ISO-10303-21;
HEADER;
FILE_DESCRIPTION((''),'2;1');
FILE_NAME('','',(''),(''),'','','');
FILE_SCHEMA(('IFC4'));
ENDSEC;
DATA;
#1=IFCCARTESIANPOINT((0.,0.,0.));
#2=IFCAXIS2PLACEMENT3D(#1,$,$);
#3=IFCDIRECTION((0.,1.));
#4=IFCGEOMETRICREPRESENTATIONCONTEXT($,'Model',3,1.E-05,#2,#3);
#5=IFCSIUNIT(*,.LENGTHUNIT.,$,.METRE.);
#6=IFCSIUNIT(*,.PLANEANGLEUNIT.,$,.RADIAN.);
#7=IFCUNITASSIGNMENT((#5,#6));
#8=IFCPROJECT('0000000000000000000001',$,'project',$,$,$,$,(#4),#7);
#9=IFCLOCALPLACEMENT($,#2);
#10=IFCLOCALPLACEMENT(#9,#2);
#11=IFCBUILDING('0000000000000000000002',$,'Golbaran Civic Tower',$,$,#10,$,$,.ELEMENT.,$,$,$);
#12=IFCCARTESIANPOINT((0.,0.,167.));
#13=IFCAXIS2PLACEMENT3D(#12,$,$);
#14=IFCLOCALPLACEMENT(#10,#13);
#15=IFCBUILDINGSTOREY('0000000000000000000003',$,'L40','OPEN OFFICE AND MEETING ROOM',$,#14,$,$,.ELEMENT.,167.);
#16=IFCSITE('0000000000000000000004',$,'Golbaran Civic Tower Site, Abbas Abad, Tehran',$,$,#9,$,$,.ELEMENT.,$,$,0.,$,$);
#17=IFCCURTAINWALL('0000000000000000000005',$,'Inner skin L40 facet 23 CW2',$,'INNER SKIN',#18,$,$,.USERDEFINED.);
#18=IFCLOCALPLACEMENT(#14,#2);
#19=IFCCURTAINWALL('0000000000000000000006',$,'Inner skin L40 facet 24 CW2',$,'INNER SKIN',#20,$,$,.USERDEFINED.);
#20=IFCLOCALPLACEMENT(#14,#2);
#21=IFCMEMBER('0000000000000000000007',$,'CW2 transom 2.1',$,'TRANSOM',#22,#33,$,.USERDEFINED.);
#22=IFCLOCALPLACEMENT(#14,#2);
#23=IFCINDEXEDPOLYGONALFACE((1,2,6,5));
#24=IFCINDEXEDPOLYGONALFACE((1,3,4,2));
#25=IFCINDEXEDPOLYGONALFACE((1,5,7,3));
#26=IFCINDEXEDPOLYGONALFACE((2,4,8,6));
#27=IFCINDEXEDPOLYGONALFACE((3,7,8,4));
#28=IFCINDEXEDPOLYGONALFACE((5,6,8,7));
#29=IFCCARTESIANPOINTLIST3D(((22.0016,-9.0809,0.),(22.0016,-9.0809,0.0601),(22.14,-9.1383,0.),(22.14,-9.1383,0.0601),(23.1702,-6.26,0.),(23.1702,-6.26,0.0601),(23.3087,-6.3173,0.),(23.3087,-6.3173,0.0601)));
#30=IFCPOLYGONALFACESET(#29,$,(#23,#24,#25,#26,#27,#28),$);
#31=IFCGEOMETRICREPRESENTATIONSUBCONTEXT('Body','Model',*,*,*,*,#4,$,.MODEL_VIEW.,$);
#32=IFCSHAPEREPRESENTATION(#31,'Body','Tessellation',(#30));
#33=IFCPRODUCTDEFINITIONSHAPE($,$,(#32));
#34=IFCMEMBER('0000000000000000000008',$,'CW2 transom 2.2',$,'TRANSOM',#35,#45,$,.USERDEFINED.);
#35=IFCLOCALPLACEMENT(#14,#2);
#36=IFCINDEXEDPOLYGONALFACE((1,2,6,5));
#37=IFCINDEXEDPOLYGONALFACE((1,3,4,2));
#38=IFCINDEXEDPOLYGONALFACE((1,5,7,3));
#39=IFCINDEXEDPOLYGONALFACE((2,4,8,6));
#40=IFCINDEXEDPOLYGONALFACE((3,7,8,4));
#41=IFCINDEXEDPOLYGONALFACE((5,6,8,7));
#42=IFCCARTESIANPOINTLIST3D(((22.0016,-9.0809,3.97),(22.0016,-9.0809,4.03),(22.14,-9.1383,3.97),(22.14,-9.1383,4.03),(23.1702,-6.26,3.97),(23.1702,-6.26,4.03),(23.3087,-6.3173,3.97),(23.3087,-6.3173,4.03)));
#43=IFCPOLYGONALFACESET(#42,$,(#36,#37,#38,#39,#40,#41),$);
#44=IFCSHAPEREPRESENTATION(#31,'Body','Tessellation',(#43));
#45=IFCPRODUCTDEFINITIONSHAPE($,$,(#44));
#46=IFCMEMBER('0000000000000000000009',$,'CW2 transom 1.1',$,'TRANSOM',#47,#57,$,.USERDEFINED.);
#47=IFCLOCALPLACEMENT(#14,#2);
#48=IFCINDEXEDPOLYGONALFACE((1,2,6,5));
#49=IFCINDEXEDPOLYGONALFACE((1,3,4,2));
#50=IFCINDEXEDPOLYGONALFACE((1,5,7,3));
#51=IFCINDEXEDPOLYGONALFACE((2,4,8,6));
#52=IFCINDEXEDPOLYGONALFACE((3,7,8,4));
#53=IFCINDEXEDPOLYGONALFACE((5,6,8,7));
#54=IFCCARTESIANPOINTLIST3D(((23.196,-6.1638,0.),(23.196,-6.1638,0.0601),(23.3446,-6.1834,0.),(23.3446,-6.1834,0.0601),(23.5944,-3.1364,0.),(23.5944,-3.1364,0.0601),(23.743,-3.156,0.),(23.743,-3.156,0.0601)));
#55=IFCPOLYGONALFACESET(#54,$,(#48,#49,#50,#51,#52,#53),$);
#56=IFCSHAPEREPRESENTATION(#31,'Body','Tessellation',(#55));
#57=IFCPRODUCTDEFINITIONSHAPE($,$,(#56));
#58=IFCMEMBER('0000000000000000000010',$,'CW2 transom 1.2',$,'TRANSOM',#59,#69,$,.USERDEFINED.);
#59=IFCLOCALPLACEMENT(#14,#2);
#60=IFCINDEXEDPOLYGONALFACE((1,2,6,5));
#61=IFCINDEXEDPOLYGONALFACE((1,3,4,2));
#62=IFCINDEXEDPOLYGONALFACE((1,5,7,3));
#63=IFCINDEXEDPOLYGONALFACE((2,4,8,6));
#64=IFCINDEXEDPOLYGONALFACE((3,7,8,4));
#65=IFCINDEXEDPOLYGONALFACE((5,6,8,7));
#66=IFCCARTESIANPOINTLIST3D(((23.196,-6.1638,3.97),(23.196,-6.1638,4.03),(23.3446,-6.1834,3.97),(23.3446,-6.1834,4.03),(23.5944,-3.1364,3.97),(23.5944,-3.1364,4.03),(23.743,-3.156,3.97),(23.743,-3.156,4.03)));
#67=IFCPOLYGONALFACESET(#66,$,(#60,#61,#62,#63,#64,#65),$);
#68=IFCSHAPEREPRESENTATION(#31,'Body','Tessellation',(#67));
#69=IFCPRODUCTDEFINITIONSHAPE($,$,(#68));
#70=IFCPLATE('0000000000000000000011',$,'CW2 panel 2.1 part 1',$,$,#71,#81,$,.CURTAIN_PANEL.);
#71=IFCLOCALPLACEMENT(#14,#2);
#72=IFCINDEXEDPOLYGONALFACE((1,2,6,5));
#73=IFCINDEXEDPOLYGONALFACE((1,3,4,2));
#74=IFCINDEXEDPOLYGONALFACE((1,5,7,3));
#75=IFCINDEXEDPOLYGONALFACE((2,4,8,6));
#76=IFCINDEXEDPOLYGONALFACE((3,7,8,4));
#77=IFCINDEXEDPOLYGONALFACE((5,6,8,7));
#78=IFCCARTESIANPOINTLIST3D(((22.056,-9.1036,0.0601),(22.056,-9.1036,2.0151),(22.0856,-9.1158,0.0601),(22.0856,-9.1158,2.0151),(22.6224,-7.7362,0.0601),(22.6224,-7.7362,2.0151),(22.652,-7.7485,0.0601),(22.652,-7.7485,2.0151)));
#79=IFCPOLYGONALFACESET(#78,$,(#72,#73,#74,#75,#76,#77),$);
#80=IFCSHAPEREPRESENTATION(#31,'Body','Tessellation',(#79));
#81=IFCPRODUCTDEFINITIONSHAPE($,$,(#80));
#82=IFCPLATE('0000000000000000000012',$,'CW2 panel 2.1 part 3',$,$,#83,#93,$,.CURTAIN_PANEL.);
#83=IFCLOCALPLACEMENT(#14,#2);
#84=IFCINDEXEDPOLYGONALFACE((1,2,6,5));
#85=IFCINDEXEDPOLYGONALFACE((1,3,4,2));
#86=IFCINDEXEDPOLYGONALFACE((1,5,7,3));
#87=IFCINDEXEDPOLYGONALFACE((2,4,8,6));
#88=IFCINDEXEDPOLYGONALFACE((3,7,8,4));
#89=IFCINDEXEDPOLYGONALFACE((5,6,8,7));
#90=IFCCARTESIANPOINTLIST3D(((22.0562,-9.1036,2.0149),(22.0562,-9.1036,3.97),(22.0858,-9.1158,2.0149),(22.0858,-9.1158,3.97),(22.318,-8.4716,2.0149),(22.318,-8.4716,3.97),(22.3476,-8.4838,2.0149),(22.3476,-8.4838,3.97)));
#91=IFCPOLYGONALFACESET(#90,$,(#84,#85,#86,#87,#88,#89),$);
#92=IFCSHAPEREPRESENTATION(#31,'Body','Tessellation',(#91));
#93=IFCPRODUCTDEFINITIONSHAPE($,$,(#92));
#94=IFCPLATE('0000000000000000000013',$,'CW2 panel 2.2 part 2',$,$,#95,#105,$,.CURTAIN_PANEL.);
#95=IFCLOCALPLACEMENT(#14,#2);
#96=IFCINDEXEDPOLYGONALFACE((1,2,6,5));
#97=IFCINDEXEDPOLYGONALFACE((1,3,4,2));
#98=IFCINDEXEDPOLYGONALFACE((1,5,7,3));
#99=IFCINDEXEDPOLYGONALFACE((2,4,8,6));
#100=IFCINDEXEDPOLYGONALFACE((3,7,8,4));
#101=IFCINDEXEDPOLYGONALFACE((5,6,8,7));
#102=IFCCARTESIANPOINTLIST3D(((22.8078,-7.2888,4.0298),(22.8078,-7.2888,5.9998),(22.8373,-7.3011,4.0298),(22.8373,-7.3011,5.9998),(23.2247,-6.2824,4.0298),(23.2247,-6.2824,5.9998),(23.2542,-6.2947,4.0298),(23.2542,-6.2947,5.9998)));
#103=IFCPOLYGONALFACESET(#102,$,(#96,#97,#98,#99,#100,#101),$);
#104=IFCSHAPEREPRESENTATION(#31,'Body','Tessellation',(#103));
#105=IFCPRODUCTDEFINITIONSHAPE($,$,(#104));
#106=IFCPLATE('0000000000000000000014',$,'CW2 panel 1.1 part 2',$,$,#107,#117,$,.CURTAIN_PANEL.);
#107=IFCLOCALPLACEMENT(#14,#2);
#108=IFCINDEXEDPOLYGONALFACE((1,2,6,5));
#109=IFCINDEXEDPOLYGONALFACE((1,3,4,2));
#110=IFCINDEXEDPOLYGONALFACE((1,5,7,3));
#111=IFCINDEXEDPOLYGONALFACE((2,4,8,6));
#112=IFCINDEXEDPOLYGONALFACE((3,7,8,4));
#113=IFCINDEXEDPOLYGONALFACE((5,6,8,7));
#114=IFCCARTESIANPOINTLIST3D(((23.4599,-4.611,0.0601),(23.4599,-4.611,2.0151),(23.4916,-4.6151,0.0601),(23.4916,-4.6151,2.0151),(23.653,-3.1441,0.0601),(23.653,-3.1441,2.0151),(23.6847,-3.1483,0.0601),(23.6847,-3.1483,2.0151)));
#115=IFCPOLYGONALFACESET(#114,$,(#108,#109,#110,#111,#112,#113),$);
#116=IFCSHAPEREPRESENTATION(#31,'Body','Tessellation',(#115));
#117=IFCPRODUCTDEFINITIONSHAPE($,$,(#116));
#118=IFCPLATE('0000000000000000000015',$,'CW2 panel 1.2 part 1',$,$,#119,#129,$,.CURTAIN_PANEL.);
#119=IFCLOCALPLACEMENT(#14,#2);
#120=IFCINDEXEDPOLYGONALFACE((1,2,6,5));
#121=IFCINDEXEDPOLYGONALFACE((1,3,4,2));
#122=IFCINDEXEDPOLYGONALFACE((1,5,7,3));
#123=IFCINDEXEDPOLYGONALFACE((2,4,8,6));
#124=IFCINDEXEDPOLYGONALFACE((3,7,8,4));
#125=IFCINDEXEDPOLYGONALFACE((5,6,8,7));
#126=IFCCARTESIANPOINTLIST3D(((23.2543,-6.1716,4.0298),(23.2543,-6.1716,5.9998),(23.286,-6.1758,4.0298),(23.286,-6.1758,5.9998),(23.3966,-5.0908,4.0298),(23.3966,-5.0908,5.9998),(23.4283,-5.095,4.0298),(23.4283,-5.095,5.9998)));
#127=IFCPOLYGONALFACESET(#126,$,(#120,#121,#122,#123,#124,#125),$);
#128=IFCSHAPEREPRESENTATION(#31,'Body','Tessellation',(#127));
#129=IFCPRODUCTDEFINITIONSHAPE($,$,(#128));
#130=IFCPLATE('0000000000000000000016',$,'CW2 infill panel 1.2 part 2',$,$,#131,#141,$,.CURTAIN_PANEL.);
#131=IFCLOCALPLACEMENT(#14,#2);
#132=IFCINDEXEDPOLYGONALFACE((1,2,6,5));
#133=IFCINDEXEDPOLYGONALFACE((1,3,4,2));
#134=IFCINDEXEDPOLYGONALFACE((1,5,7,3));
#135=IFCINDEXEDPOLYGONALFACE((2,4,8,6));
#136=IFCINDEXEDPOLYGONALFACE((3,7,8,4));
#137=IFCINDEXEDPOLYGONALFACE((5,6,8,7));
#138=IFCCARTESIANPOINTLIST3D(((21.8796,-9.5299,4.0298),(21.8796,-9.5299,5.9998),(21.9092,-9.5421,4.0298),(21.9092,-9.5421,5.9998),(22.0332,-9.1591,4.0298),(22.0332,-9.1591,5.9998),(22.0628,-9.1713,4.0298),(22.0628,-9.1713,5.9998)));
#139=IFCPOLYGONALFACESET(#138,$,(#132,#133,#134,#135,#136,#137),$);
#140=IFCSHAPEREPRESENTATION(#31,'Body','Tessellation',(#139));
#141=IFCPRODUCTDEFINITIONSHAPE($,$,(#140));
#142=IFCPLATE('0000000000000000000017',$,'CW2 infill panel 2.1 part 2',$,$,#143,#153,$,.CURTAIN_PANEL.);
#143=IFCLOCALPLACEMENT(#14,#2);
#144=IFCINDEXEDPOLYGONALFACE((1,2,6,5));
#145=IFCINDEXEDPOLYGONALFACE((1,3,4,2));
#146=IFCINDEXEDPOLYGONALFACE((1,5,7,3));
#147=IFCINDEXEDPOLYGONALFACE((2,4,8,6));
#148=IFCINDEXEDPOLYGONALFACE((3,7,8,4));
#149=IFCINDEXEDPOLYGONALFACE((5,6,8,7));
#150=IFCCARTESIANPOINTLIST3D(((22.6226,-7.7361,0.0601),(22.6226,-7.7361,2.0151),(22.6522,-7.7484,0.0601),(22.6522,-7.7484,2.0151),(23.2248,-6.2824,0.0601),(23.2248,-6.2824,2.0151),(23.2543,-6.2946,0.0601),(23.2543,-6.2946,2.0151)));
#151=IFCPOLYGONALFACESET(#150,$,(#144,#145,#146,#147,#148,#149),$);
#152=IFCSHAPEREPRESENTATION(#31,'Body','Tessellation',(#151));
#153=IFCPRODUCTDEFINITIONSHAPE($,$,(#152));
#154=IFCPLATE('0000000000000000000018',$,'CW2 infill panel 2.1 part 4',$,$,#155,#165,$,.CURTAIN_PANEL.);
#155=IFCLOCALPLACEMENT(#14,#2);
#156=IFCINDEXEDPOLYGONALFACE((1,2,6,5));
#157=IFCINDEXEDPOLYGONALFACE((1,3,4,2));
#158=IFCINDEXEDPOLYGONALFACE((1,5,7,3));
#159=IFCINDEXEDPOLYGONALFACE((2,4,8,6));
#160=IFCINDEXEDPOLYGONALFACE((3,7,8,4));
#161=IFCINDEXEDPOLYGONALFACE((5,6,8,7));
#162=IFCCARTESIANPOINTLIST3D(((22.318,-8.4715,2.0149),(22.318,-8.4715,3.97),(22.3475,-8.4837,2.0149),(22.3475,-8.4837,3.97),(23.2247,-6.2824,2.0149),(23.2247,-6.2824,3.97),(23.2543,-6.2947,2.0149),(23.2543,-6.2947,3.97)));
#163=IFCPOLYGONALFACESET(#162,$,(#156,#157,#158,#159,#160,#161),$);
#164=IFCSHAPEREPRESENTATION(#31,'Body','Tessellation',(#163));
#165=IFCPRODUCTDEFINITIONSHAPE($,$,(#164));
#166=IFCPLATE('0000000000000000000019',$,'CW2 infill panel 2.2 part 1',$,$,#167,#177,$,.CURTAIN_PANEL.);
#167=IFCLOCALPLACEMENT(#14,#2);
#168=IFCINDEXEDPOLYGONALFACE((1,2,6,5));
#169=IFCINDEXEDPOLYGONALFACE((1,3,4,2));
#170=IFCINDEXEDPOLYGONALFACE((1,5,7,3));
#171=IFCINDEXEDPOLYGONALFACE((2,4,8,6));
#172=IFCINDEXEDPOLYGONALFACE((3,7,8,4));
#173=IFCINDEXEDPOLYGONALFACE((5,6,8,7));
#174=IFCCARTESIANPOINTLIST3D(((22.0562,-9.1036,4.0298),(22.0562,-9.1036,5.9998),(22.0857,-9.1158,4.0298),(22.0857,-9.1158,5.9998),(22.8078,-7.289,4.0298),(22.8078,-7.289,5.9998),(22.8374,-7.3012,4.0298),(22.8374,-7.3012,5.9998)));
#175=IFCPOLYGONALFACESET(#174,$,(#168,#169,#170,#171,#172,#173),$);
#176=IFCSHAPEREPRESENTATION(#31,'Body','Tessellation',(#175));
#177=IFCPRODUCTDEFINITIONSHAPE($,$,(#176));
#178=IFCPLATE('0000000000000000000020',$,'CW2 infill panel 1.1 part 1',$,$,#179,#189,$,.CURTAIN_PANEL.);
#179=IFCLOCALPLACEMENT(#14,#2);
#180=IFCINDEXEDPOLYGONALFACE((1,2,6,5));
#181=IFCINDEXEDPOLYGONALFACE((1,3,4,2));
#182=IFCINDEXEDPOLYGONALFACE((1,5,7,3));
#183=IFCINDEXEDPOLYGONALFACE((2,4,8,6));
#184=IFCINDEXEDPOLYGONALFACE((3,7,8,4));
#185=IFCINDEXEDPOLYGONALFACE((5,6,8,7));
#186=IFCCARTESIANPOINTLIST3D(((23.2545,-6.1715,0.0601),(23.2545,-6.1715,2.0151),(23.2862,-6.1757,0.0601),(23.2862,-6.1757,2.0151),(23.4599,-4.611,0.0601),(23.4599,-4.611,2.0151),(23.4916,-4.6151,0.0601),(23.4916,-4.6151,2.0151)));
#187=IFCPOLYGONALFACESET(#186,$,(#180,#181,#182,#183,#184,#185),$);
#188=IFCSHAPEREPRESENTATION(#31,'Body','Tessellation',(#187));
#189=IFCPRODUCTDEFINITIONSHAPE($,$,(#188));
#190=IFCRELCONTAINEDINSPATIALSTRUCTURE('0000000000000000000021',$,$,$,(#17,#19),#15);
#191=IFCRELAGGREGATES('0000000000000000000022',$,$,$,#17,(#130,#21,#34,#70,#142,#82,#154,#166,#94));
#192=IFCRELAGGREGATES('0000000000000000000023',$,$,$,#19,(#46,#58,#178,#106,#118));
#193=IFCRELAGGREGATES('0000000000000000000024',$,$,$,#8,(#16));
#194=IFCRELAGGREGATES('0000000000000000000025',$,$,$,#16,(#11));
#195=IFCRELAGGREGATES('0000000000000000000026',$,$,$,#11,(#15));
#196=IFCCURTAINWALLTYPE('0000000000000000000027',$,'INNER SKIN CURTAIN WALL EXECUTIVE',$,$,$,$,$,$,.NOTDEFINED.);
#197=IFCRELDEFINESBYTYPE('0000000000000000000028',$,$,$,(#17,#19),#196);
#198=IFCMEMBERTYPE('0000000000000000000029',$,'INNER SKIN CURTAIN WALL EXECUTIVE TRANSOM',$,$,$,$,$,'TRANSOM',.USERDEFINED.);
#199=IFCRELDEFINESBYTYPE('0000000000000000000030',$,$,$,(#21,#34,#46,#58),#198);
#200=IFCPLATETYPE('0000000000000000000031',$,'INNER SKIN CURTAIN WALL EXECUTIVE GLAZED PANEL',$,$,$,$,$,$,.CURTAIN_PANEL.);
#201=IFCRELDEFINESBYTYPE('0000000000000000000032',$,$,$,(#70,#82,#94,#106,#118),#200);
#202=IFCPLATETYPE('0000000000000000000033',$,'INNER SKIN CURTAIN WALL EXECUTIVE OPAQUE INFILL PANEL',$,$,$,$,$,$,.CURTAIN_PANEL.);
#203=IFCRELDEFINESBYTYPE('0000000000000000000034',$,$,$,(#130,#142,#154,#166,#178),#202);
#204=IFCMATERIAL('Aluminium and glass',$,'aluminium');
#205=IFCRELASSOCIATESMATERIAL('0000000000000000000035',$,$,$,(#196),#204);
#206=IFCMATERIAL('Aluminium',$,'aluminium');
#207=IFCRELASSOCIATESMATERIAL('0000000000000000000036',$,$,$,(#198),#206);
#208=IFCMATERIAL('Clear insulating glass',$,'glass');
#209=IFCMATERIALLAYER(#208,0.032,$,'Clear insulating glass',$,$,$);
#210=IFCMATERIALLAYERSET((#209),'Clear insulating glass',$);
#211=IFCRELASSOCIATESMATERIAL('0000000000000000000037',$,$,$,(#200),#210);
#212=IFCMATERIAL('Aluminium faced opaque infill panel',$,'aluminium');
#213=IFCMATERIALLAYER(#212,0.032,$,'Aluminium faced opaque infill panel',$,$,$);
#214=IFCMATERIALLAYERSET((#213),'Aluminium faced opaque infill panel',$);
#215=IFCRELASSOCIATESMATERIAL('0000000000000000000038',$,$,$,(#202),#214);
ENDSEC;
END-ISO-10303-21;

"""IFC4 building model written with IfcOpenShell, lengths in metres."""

from ifc_helpers import new_model, si_unit, direction, frame, origin, origin_2d, place, context, subcontext, project, spatial, rectangle, extrude, material, layer, layer_set, material_profile, profile_set, type_object, element, aggregate, save


model = new_model("IFC4")

# Units and contexts
model_context = context("Model", 3, precision=1e-05, world=origin(), true_north=direction((0.0, 1.0)))
body_context = subcontext(model_context, "Body", "Model", "MODEL_VIEW")
ifc_project = project(units=[si_unit("LENGTHUNIT", "METRE"), si_unit("PLANEANGLEUNIT", "RADIAN")], contexts=[model_context])

# Site, building, storey
site_placement = place(None, origin())
site = spatial("IfcSite", under=ifc_project, at=site_placement, Name="Golbaran Civic Tower Site, Abbas Abad, Tehran", CompositionType="ELEMENT", RefElevation=0.0)
building_placement = place(site_placement, origin())
building = spatial("IfcBuilding", under=site, at=building_placement, Name="Golbaran Civic Tower", CompositionType="ELEMENT")
storey_placement = place(building_placement, frame((0.0, 0.0, 167.0)))
storey = spatial("IfcBuildingStorey", under=building, at=storey_placement, Name="L40", Description="OPEN OFFICE AND MEETING ROOM", CompositionType="ELEMENT", Elevation=167.0)

# Curtain wall
ifc_material_1 = material(Name="Aluminium and glass", Category="aluminium")
curtain_wall_type = type_object("IfcCurtainWallType", Name="INNER SKIN CURTAIN WALL EXECUTIVE", PredefinedType="NOTDEFINED", material=ifc_material_1)
curtain_wall_1_placement = place(storey_placement, origin())
curtain_wall_1 = element("IfcCurtainWall", 1, at=curtain_wall_1_placement, inside=storey, type_object=curtain_wall_type, Name="Inner skin L40 facet 23 CW2", ObjectType="INNER SKIN", PredefinedType="USERDEFINED")
ifc_material_2 = material(Name="Aluminium", Category="aluminium")

# Curtain wall
curtain_wall_2_placement = place(storey_placement, origin())
curtain_wall_2 = element("IfcCurtainWall", 2, at=curtain_wall_2_placement, inside=storey, type_object=curtain_wall_type, Name="Inner skin L40 facet 24 CW2", ObjectType="INNER SKIN", PredefinedType="USERDEFINED")

# Members
ifc_material_profile_1 = material_profile(ifc_material_2, rectangle(XDim=0.1499, YDim=0.0601, at=origin_2d()), Name="INNER SKIN CURTAIN WALL EXECUTIVE TRANSOM")
ifc_profile_set_1 = profile_set([ifc_material_profile_1], Name="Aluminium")
member_type_1 = type_object("IfcMemberType", Name="INNER SKIN CURTAIN WALL EXECUTIVE TRANSOM", ElementType="TRANSOM", PredefinedType="USERDEFINED", material=ifc_profile_set_1)
member_1_placement = place(storey_placement, frame((22.0708, -9.1096, 0.03), z_axis=(0.382735, 0.923858, 0.0), x_axis=(-0.923858, 0.382735, 0.0)))
member_1 = element("IfcMember", 3, at=member_1_placement, type_object=member_type_1, Name="CW2 transom 2.1", ObjectType="TRANSOM", PredefinedType="USERDEFINED", context=body_context, shape_type="SweptSolid", body=[
    extrude(rectangle(XDim=0.1499, YDim=0.0601, at=origin_2d()), origin(), (0.0, 0.0, 1.0), 3.0535),
])
member_2_placement = place(storey_placement, frame((22.0708, -9.1096, 4.0), z_axis=(0.382735, 0.923858, 0.0), x_axis=(-0.923858, 0.382735, 0.0)))
member_2 = element("IfcMember", 4, at=member_2_placement, type_object=member_type_1, Name="CW2 transom 2.2", ObjectType="TRANSOM", PredefinedType="USERDEFINED", context=body_context, shape_type="SweptSolid", body=[
    extrude(rectangle(XDim=0.1499, YDim=0.0601, at=origin_2d()), origin(), (0.0, 0.0, 1.0), 3.0535),
])
member_3_placement = place(storey_placement, frame((23.2703, -6.1736, 0.03), z_axis=(0.130488, 0.99145, 0.0), x_axis=(-0.99145, 0.130488, 0.0)))
member_3 = element("IfcMember", 5, at=member_3_placement, type_object=member_type_1, Name="CW2 transom 1.1", ObjectType="TRANSOM", PredefinedType="USERDEFINED", context=body_context, shape_type="SweptSolid", body=[
    extrude(rectangle(XDim=0.1499, YDim=0.0601, at=origin_2d()), origin(), (0.0, 0.0, 1.0), 3.0535),
])
member_4_placement = place(storey_placement, frame((23.2703, -6.1736, 4.0), z_axis=(0.130488, 0.99145, 0.0), x_axis=(-0.99145, 0.130488, 0.0)))
member_4 = element("IfcMember", 6, at=member_4_placement, type_object=member_type_1, Name="CW2 transom 1.2", ObjectType="TRANSOM", PredefinedType="USERDEFINED", context=body_context, shape_type="SweptSolid", body=[
    extrude(rectangle(XDim=0.1499, YDim=0.0601, at=origin_2d()), origin(), (0.0, 0.0, 1.0), 3.0535),
])

# Plates
ifc_material_3 = material(Name="Clear insulating glass", Category="glass")
ifc_layer_1 = layer(ifc_material_3, 0.032, Name="Clear insulating glass")
ifc_layer_set_1 = layer_set([ifc_layer_1], Name="Clear insulating glass")
plate_type_1 = type_object("IfcPlateType", Name="INNER SKIN CURTAIN WALL EXECUTIVE GLAZED PANEL", PredefinedType="CURTAIN_PANEL", material=ifc_layer_set_1)
plate_1_placement = place(storey_placement, frame((22.354, -8.426, 0.0601), z_axis=(0.0, 0.0, 1.0), x_axis=(0.382683, 0.92388, 0.0)))
plate_1 = element("IfcPlate", 7, at=plate_1_placement, type_object=plate_type_1, Name="CW2 panel 2.1 part 1", PredefinedType="CURTAIN_PANEL", context=body_context, shape_type="SweptSolid", body=[
    extrude(rectangle(XDim=1.48, YDim=0.032, at=origin_2d()), origin(), (0.0, 0.0, 1.0), 1.9551),
])
plate_2_placement = place(storey_placement, frame((22.2019, -8.7937, 2.0149), z_axis=(0.0, 0.0, 1.0), x_axis=(0.382683, 0.92388, 0.0)))
plate_2 = element("IfcPlate", 8, at=plate_2_placement, type_object=plate_type_1, Name="CW2 panel 2.1 part 3", PredefinedType="CURTAIN_PANEL", context=body_context, shape_type="SweptSolid", body=[
    extrude(rectangle(XDim=0.6841, YDim=0.032, at=origin_2d()), origin(), (0.0, 0.0, 1.0), 1.9551),
])
plate_3_placement = place(storey_placement, frame((23.031, -6.7917, 4.0298), z_axis=(0.0, 0.0, 1.0), x_axis=(0.382683, 0.92388, 0.0)))
plate_3 = element("IfcPlate", 9, at=plate_3_placement, type_object=plate_type_1, Name="CW2 panel 2.2 part 2", PredefinedType="CURTAIN_PANEL", context=body_context, shape_type="SweptSolid", body=[
    extrude(rectangle(XDim=1.0894, YDim=0.032, at=origin_2d()), origin(), (0.0, 0.0, 1.0), 1.97),
])
plate_4_placement = place(storey_placement, frame((23.5723, -3.8796, 0.0601), z_axis=(0.0, 0.0, 1.0), x_axis=(0.130526, 0.991445, 0.0)))
plate_4 = element("IfcPlate", 10, at=plate_4_placement, type_object=plate_type_1, Name="CW2 panel 1.1 part 2", PredefinedType="CURTAIN_PANEL", context=body_context, shape_type="SweptSolid", body=[
    extrude(rectangle(XDim=1.4795, YDim=0.032, at=origin_2d()), origin(), (0.0, 0.0, 1.0), 1.9551),
])
plate_5_placement = place(storey_placement, frame((23.3413, -5.6333, 4.0298), z_axis=(0.0, 0.0, 1.0), x_axis=(0.130526, 0.991445, 0.0)))
plate_5 = element("IfcPlate", 11, at=plate_5_placement, type_object=plate_type_1, Name="CW2 panel 1.2 part 1", PredefinedType="CURTAIN_PANEL", context=body_context, shape_type="SweptSolid", body=[
    extrude(rectangle(XDim=1.0901, YDim=0.032, at=origin_2d()), origin(), (0.0, 0.0, 1.0), 1.97),
])
ifc_material_4 = material(Name="Aluminium faced opaque infill panel", Category="aluminium")
ifc_layer_2 = layer(ifc_material_4, 0.032, Name="Aluminium faced opaque infill panel")
ifc_layer_set_2 = layer_set([ifc_layer_2], Name="Aluminium faced opaque infill panel")
plate_type_2 = type_object("IfcPlateType", Name="INNER SKIN CURTAIN WALL EXECUTIVE OPAQUE INFILL PANEL", PredefinedType="CURTAIN_PANEL", material=ifc_layer_set_2)
plate_6_placement = place(storey_placement, frame((21.9712, -9.3506, 4.0298), z_axis=(0.0, 0.0, 1.0), x_axis=(0.382683, 0.92388, 0.0)))
plate_6 = element("IfcPlate", 12, at=plate_6_placement, type_object=plate_type_2, Name="CW2 infill panel 1.2 part 2", PredefinedType="CURTAIN_PANEL", context=body_context, shape_type="SweptSolid", body=[
    extrude(rectangle(XDim=0.4014, YDim=0.032, at=origin_2d()), origin(), (0.0, 0.0, 1.0), 1.97),
])
plate_7_placement = place(storey_placement, frame((22.9385, -7.0154, 0.0601), z_axis=(0.0, 0.0, 1.0), x_axis=(0.382683, 0.92388, 0.0)))
plate_7 = element("IfcPlate", 13, at=plate_7_placement, type_object=plate_type_2, Name="CW2 infill panel 2.1 part 2", PredefinedType="CURTAIN_PANEL", context=body_context, shape_type="SweptSolid", body=[
    extrude(rectangle(XDim=1.5735, YDim=0.032, at=origin_2d()), origin(), (0.0, 0.0, 1.0), 1.9551),
])
plate_8_placement = place(storey_placement, frame((22.7861, -7.3831, 2.0149), z_axis=(0.0, 0.0, 1.0), x_axis=(0.382683, 0.92388, 0.0)))
plate_8 = element("IfcPlate", 14, at=plate_8_placement, type_object=plate_type_2, Name="CW2 infill panel 2.1 part 4", PredefinedType="CURTAIN_PANEL", context=body_context, shape_type="SweptSolid", body=[
    extrude(rectangle(XDim=2.3694, YDim=0.032, at=origin_2d()), origin(), (0.0, 0.0, 1.0), 1.9551),
])
plate_9_placement = place(storey_placement, frame((22.4468, -8.2024, 4.0298), z_axis=(0.0, 0.0, 1.0), x_axis=(0.382683, 0.92388, 0.0)))
plate_9 = element("IfcPlate", 15, at=plate_9_placement, type_object=plate_type_2, Name="CW2 infill panel 2.2 part 1", PredefinedType="CURTAIN_PANEL", context=body_context, shape_type="SweptSolid", body=[
    extrude(rectangle(XDim=1.9641, YDim=0.032, at=origin_2d()), origin(), (0.0, 0.0, 1.0), 1.97),
])
aggregate(curtain_wall_1, [plate_6, member_1, member_2, plate_1, plate_7, plate_2, plate_8, plate_9, plate_3])
plate_10_placement = place(storey_placement, frame((23.373, -5.3933, 0.0601), z_axis=(0.0, 0.0, 1.0), x_axis=(0.130526, 0.991445, 0.0)))
plate_10 = element("IfcPlate", 16, at=plate_10_placement, type_object=plate_type_2, Name="CW2 infill panel 1.1 part 1", PredefinedType="CURTAIN_PANEL", context=body_context, shape_type="SweptSolid", body=[
    extrude(rectangle(XDim=1.574, YDim=0.032, at=origin_2d()), origin(), (0.0, 0.0, 1.0), 1.9551),
])
aggregate(curtain_wall_2, [member_3, member_4, plate_10, plate_4, plate_5])

save(model, "model.ifc")
